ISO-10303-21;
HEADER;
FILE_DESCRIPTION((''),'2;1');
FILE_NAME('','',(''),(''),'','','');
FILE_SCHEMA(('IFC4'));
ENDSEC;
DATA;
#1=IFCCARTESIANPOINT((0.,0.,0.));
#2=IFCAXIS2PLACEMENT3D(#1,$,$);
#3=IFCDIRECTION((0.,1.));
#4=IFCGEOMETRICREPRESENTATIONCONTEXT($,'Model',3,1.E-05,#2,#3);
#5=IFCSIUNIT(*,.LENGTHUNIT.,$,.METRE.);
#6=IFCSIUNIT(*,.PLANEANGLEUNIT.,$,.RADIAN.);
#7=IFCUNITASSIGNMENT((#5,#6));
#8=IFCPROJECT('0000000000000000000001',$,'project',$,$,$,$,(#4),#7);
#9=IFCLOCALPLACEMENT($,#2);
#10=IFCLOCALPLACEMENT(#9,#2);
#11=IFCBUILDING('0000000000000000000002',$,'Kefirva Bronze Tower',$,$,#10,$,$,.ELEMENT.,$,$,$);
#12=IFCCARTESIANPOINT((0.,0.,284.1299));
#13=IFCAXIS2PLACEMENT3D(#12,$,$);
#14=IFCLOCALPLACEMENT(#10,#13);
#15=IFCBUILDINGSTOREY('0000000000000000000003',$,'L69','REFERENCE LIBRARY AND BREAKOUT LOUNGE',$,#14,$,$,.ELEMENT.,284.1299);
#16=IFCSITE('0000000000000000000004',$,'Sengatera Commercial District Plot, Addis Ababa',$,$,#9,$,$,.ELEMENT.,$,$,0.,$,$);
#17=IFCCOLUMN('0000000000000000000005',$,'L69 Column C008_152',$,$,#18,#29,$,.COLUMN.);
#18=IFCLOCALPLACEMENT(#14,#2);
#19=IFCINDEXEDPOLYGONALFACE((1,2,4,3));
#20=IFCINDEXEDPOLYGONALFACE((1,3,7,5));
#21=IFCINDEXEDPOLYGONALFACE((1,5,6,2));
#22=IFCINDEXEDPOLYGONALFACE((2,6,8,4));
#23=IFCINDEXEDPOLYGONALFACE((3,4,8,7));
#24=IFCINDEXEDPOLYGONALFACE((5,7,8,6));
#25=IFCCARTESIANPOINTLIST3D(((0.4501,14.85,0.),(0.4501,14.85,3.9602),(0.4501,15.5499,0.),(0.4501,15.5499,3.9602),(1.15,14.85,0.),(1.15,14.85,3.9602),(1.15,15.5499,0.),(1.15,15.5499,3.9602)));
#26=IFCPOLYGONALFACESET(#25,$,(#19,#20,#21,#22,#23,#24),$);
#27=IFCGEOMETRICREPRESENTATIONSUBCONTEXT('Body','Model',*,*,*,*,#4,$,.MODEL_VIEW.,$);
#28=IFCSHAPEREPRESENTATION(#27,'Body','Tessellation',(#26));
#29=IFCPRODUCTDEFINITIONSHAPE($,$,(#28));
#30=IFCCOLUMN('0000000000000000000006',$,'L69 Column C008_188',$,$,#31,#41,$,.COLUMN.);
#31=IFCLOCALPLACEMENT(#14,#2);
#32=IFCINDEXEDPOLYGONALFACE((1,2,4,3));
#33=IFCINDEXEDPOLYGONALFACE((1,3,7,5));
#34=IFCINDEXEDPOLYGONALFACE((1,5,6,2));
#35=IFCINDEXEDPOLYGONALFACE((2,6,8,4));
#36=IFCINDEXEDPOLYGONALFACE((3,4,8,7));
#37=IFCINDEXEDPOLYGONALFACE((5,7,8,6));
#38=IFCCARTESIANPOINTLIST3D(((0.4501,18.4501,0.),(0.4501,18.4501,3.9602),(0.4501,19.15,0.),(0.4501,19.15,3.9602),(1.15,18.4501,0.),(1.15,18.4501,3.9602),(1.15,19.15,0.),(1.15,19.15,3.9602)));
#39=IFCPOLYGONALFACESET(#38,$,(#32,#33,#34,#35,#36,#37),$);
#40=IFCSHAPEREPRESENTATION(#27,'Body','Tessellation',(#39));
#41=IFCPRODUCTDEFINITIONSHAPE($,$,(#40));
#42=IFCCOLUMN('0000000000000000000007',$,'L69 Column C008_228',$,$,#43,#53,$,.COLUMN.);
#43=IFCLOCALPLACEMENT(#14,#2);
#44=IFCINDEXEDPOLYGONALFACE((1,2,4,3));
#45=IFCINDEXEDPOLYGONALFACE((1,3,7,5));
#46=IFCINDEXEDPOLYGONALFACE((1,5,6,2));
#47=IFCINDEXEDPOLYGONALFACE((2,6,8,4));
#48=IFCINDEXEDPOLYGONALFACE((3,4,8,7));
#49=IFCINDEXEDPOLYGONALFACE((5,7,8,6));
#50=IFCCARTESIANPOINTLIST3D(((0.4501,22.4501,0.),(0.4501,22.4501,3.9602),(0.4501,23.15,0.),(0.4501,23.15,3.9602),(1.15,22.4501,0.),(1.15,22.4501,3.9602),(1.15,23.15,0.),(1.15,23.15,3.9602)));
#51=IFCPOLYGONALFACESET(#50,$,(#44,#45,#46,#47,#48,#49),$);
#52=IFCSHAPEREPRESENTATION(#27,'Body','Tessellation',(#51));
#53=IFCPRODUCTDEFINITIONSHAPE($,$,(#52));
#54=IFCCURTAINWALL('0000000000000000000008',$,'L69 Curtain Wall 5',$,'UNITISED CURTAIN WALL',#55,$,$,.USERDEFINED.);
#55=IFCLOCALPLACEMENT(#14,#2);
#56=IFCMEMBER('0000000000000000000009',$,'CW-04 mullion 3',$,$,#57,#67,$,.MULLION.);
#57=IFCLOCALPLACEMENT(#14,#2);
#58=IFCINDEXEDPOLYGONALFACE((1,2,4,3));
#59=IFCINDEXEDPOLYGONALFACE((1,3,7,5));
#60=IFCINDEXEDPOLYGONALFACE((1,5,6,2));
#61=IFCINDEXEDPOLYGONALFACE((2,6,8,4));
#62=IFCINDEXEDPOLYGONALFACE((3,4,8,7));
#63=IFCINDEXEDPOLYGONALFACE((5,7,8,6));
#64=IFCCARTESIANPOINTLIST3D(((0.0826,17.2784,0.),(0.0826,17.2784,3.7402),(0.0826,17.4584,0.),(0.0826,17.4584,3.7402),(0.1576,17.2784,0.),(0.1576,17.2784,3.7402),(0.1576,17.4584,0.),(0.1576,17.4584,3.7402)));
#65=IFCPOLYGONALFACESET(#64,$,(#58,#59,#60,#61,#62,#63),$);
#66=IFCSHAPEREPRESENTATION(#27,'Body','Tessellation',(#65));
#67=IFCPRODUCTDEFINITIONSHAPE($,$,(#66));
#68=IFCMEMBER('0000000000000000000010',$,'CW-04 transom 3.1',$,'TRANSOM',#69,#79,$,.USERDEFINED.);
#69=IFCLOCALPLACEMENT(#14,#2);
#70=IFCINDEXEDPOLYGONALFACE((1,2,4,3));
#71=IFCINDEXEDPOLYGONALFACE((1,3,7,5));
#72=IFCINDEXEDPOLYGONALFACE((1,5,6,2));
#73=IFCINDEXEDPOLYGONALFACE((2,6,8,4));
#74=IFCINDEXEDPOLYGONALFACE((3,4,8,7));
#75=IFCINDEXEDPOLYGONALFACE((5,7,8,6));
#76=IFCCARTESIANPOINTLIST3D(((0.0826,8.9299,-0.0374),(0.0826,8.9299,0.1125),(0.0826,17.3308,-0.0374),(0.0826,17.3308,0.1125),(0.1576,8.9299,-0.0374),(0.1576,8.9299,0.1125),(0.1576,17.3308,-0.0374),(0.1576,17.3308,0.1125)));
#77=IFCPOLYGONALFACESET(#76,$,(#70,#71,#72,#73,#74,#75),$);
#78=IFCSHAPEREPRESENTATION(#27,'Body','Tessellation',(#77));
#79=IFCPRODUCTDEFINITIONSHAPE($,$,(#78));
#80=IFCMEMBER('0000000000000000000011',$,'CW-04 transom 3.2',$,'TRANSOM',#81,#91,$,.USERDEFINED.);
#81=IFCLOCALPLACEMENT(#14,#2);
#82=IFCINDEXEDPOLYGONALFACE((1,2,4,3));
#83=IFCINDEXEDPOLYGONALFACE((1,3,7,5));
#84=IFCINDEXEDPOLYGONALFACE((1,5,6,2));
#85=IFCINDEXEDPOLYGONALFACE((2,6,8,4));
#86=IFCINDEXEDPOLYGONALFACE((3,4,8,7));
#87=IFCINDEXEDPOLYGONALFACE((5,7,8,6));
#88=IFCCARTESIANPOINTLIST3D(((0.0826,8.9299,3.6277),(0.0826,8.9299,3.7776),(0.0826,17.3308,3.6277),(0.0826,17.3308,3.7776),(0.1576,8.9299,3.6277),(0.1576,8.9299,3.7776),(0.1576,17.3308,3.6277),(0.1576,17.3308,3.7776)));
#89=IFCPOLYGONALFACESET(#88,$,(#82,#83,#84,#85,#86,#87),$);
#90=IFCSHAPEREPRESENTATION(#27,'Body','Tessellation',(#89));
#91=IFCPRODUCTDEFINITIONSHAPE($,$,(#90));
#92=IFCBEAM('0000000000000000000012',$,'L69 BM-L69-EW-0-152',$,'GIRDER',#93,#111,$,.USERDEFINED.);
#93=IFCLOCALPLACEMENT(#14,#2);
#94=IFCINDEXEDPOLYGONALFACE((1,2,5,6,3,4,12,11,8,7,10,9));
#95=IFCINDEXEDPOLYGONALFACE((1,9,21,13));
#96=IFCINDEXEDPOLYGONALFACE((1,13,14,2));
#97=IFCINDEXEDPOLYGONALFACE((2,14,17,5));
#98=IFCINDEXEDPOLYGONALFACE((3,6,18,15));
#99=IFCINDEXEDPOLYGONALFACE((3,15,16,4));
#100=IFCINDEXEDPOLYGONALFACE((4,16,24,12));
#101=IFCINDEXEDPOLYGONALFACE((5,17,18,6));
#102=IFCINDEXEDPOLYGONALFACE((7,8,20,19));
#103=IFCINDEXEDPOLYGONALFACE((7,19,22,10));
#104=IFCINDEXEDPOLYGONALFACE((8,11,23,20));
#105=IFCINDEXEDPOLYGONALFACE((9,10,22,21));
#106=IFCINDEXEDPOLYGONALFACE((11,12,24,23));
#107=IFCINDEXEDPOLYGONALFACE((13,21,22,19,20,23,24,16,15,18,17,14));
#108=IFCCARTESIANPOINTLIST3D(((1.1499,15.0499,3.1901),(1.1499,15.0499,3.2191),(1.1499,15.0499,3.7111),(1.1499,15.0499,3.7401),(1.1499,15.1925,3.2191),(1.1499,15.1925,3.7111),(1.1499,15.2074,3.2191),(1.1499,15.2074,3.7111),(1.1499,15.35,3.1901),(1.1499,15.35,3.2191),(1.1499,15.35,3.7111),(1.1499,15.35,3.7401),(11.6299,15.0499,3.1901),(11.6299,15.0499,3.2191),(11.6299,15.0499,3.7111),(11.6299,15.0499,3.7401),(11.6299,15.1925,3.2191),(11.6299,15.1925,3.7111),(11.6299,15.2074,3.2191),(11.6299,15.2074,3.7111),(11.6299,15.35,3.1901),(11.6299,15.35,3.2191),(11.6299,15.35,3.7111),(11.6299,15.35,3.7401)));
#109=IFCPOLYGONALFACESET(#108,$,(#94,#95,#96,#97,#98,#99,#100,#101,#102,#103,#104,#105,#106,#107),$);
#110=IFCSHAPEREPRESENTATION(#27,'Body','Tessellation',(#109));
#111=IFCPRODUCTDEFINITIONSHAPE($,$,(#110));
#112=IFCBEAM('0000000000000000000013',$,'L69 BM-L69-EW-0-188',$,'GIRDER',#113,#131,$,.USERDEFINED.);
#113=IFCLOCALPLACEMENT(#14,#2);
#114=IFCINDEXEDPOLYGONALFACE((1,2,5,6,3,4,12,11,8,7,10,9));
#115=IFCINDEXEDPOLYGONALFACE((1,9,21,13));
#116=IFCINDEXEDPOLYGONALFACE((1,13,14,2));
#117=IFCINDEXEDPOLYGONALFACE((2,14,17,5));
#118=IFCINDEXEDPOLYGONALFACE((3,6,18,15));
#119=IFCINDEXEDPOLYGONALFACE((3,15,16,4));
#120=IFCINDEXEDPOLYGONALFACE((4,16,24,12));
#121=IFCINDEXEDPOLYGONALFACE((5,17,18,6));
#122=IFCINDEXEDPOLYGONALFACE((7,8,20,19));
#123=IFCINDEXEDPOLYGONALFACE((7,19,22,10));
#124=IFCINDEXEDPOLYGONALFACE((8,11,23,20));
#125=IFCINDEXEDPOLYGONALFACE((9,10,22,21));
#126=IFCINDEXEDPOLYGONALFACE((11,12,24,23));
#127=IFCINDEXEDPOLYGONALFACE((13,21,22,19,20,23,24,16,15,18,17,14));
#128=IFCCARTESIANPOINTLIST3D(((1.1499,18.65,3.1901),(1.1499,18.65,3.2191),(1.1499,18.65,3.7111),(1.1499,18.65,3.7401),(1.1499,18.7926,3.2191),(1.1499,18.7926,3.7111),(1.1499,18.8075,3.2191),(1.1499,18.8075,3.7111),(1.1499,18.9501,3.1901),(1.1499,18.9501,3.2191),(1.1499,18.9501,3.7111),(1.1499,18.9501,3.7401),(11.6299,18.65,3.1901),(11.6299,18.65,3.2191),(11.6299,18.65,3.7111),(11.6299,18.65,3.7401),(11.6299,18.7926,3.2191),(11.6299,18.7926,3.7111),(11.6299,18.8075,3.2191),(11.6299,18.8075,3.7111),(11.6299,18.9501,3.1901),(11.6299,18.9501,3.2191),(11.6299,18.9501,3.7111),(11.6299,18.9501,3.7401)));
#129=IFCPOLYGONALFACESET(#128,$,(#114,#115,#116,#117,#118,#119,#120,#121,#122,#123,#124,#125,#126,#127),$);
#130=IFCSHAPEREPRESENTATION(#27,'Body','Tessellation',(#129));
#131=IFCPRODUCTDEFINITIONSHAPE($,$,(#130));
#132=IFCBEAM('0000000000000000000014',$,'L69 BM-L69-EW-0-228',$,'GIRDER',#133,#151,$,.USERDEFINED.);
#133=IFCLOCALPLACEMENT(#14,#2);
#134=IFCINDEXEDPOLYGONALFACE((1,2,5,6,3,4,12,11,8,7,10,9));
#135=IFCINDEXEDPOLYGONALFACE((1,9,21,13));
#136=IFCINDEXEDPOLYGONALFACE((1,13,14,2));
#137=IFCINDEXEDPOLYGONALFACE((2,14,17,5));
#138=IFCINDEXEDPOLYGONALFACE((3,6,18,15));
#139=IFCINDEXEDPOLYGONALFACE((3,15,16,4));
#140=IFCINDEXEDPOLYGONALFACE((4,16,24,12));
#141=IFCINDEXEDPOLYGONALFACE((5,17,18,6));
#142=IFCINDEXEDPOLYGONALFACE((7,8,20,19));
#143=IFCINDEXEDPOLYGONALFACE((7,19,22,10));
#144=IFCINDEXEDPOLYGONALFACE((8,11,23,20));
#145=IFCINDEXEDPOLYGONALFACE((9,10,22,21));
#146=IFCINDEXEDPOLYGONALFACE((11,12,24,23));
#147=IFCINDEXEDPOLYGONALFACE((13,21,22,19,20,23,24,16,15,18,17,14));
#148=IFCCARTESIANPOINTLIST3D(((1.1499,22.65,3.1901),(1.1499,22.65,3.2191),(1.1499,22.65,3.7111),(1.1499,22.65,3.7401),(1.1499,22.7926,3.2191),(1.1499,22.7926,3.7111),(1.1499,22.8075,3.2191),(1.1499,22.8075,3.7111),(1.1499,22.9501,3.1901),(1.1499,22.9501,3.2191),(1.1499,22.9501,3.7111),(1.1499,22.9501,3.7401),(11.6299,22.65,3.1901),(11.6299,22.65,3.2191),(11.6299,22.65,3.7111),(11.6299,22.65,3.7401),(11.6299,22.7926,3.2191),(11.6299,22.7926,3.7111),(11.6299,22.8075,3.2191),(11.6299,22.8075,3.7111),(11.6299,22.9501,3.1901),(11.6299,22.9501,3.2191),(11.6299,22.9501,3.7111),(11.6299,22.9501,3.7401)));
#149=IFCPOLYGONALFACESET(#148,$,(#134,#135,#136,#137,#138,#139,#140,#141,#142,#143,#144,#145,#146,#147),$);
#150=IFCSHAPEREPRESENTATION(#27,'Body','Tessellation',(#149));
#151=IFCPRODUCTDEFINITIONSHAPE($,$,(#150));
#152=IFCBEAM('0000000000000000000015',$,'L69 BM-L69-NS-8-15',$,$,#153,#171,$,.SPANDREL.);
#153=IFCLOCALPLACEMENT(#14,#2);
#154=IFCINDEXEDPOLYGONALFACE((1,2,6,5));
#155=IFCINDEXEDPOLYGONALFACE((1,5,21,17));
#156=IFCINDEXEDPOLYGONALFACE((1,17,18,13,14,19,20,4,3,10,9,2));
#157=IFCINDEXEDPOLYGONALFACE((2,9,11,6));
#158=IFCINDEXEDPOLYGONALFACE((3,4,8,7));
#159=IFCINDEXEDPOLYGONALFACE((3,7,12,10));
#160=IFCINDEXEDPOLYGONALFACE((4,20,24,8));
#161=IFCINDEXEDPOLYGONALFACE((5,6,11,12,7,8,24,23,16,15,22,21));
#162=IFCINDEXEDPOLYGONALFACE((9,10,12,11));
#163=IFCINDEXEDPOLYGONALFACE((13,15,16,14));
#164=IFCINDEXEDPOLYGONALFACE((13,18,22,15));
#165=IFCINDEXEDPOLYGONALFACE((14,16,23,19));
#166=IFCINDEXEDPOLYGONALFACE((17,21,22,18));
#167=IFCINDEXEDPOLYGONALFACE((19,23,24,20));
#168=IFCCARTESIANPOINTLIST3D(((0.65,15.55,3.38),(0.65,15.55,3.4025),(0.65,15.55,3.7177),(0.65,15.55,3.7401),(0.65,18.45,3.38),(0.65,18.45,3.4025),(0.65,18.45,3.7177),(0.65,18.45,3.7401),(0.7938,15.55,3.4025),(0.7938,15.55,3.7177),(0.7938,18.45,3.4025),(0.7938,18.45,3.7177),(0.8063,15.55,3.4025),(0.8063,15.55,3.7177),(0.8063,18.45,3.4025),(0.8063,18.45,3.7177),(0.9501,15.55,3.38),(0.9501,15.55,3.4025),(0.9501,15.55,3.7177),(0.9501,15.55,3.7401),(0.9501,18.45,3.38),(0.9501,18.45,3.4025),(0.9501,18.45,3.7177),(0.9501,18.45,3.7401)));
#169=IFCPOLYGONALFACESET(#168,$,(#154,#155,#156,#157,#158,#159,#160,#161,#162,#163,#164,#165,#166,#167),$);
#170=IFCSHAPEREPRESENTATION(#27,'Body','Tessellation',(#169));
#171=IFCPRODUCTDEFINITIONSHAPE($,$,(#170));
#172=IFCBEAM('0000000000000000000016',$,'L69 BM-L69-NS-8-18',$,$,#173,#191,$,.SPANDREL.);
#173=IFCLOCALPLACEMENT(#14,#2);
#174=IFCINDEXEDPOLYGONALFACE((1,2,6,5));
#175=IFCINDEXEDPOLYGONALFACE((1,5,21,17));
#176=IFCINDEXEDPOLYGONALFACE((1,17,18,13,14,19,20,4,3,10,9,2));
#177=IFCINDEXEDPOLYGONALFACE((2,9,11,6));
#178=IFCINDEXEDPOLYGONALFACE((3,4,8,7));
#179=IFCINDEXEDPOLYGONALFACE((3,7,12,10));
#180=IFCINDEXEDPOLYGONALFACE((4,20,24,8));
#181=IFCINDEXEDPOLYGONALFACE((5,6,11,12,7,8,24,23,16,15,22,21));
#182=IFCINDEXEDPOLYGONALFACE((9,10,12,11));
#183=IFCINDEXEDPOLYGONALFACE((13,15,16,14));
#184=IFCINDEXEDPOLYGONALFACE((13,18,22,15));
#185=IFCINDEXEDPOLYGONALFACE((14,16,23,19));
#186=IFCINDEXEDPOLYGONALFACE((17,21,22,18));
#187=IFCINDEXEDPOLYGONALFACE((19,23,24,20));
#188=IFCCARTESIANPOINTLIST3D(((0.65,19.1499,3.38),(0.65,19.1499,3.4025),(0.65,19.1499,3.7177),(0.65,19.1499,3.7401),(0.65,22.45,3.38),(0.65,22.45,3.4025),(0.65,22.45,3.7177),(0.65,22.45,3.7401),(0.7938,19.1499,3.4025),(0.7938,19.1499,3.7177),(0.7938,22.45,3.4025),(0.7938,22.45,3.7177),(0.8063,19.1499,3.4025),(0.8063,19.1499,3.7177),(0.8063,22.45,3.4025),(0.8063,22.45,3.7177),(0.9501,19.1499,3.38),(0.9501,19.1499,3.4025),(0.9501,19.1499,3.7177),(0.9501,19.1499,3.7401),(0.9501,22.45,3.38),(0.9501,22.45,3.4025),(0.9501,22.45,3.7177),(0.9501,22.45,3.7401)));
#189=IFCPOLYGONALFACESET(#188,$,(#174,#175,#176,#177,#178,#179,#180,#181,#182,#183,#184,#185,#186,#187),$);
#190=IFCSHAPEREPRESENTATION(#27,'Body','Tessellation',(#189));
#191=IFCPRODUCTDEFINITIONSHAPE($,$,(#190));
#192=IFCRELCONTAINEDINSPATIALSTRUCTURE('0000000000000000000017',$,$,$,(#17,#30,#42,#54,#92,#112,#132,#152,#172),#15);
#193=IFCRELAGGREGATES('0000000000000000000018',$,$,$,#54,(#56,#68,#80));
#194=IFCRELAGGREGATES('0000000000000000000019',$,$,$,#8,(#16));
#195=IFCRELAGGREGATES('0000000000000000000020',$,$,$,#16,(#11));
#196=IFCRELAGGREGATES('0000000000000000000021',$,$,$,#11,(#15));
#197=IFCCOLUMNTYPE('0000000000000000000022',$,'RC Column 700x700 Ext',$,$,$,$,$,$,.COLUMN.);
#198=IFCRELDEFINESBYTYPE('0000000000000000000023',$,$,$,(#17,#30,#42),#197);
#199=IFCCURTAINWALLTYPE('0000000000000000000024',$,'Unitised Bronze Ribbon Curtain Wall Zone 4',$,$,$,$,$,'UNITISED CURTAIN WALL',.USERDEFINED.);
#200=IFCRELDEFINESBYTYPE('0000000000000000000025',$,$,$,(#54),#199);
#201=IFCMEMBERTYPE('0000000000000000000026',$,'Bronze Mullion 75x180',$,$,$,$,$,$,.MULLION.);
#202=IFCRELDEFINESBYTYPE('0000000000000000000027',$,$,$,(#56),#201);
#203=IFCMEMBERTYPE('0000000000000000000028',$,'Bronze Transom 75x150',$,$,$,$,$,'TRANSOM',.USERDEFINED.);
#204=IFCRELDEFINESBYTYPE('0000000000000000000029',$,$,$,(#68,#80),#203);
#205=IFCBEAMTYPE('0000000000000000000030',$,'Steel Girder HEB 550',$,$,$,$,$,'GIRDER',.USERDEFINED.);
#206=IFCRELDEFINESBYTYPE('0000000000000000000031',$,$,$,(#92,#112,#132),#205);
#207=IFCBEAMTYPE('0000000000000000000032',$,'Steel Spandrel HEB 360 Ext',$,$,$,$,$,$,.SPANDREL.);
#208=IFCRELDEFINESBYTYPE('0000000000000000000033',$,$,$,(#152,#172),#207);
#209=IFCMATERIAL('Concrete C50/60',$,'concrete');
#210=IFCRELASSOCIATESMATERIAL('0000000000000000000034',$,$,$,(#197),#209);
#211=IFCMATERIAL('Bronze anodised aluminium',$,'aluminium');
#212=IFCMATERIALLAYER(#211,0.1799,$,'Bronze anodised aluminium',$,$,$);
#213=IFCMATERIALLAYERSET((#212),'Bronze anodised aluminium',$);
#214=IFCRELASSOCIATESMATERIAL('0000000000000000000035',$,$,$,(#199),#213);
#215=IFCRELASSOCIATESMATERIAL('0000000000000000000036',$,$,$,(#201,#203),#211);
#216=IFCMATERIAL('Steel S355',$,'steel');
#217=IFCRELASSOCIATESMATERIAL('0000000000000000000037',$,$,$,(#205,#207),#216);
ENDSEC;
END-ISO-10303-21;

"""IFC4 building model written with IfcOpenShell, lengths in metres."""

from ifc_helpers import new_model, si_unit, direction, frame, origin, origin_2d, place, context, subcontext, project, spatial, rectangle, i_section, extrude, material, layer, layer_set, material_profile, profile_set, type_object, element, aggregate, save


model = new_model("IFC4")

# Units and contexts
model_context = context("Model", 3, precision=1e-05, world=origin(), true_north=direction((0.0, 1.0)))
body_context = subcontext(model_context, "Body", "Model", "MODEL_VIEW")
ifc_project = project(units=[si_unit("LENGTHUNIT", "METRE"), si_unit("PLANEANGLEUNIT", "RADIAN")], contexts=[model_context])

# Site, building, storey
site_placement = place(None, origin())
site = spatial("IfcSite", under=ifc_project, at=site_placement, Name="Sengatera Commercial District Plot, Addis Ababa", CompositionType="ELEMENT", RefElevation=0.0)
building_placement = place(site_placement, origin())
building = spatial("IfcBuilding", under=site, at=building_placement, Name="Kefirva Bronze Tower", CompositionType="ELEMENT")
storey_placement = place(building_placement, frame((0.0, 0.0, 284.1299)))
storey = spatial("IfcBuildingStorey", under=building, at=storey_placement, Name="L69", Description="REFERENCE LIBRARY AND BREAKOUT LOUNGE", CompositionType="ELEMENT", Elevation=284.1299)

# Columns
ifc_material_1 = material(Name="Concrete C50/60", Category="concrete")
ifc_material_profile_1 = material_profile(ifc_material_1, rectangle(XDim=0.7, YDim=0.7, at=origin_2d()), Name="RC 700x700")
ifc_profile_set_1 = profile_set([ifc_material_profile_1], Name="Concrete C50/60")
column_type = type_object("IfcColumnType", Name="RC Column 700x700 Ext", PredefinedType="COLUMN", material=ifc_profile_set_1)
for number, where, z_axis, x_axis, name in (
    (1, (0.8, 15.2, 0.0), (0.0, 0.0, 1.0), (1.0, 0.0, 0.0), "L69 Column C008_152"),
    (2, (0.8, 18.8, 0.0), (0.0, 0.0, 1.0), (1.0, 0.0, 0.0), "L69 Column C008_188"),
    (3, (0.8, 22.8, 0.0), (0.0, 0.0, 1.0), (1.0, 0.0, 0.0), "L69 Column C008_228"),
):
    element("IfcColumn", number, at=place(storey_placement, frame(where, z_axis=z_axis, x_axis=x_axis)), inside=storey, type_object=column_type, Name=name, PredefinedType="COLUMN", context=body_context, shape_type="SweptSolid", body=[
        extrude(rectangle(XDim=0.7, YDim=0.7, at=origin_2d()), origin(), (0.0, 0.0, 1.0), 3.9602),
    ])

# Curtain wall, members
ifc_material_2 = material(Name="Bronze anodised aluminium", Category="aluminium")
ifc_layer_1 = layer(ifc_material_2, 0.1799, Name="Bronze anodised aluminium")
ifc_layer_set_1 = layer_set([ifc_layer_1], Name="Bronze anodised aluminium")
curtain_wall_type = type_object("IfcCurtainWallType", Name="Unitised Bronze Ribbon Curtain Wall Zone 4", ElementType="UNITISED CURTAIN WALL", PredefinedType="USERDEFINED", material=ifc_layer_set_1)
curtain_wall_placement = place(storey_placement, origin())
curtain_wall = element("IfcCurtainWall", 4, at=curtain_wall_placement, inside=storey, type_object=curtain_wall_type, Name="L69 Curtain Wall 5", ObjectType="UNITISED CURTAIN WALL", PredefinedType="USERDEFINED")
ifc_material_profile_2 = material_profile(ifc_material_2, rectangle(XDim=0.075, YDim=0.1799, at=origin_2d()), Name="ALU 75x180")
ifc_profile_set_2 = profile_set([ifc_material_profile_2], Name="Bronze anodised aluminium")
member_type_1 = type_object("IfcMemberType", Name="Bronze Mullion 75x180", PredefinedType="MULLION", material=ifc_profile_set_2)
member_1_placement = place(storey_placement, frame((0.1201, 17.3684, 0.0), z_axis=(0.0, 0.0, 1.0), x_axis=(1.0, 0.0, 0.0)))
member_1 = element("IfcMember", 5, at=member_1_placement, type_object=member_type_1, Name="CW-04 mullion 3", PredefinedType="MULLION", context=body_context, shape_type="SweptSolid", body=[
    extrude(rectangle(XDim=0.075, YDim=0.1799, at=origin_2d()), origin(), (0.0, 0.0, 1.0), 3.7402),
])
ifc_material_profile_3 = material_profile(ifc_material_2, rectangle(XDim=0.075, YDim=0.1499, at=origin_2d()), Name="ALU 75x150")
ifc_profile_set_3 = profile_set([ifc_material_profile_3], Name="Bronze anodised aluminium")
member_type_2 = type_object("IfcMemberType", Name="Bronze Transom 75x150", ElementType="TRANSOM", PredefinedType="USERDEFINED", material=ifc_profile_set_3)
member_2_placement = place(storey_placement, frame((0.1201, 17.3308, 0.0376), z_axis=(0.0, -1.0, 0.0), x_axis=(1.0, 0.0, 0.0)))
member_2 = element("IfcMember", 6, at=member_2_placement, type_object=member_type_2, Name="CW-04 transom 3.1", ObjectType="TRANSOM", PredefinedType="USERDEFINED", context=body_context, shape_type="SweptSolid", body=[
    extrude(rectangle(XDim=0.075, YDim=0.1499, at=origin_2d()), origin(), (0.0, 0.0, 1.0), 8.4009),
])
member_3_placement = place(storey_placement, frame((0.1201, 17.3308, 3.7026), z_axis=(0.0, -1.0, 0.0), x_axis=(1.0, 0.0, 0.0)))
member_3 = element("IfcMember", 7, at=member_3_placement, type_object=member_type_2, Name="CW-04 transom 3.2", ObjectType="TRANSOM", PredefinedType="USERDEFINED", context=body_context, shape_type="SweptSolid", body=[
    extrude(rectangle(XDim=0.075, YDim=0.1499, at=origin_2d()), origin(), (0.0, 0.0, 1.0), 8.4009),
])

# Beams
ifc_material_3 = material(Name="Steel S355", Category="steel")
ifc_material_profile_4 = material_profile(ifc_material_3, i_section(OverallWidth=0.3, OverallDepth=0.55, WebThickness=0.0149, FlangeThickness=0.0291, at=origin_2d()), Name="HEB 550")
ifc_profile_set_4 = profile_set([ifc_material_profile_4], Name="Steel S355")
beam_type_1 = type_object("IfcBeamType", Name="Steel Girder HEB 550", ElementType="GIRDER", PredefinedType="USERDEFINED", material=ifc_profile_set_4)
for number, where, z_axis, x_axis, name in (
    (8, (1.1499, 15.2, 3.4651), (1.0, 0.0, 0.0), (0.0, 1.0, 0.0), "L69 BM-L69-EW-0-152"),
    (9, (1.1499, 18.8, 3.4651), (1.0, 0.0, 0.0), (0.0, 1.0, 0.0), "L69 BM-L69-EW-0-188"),
    (10, (1.1499, 22.8, 3.4651), (1.0, 0.0, 0.0), (0.0, 1.0, 0.0), "L69 BM-L69-EW-0-228"),
):
    element("IfcBeam", number, at=place(storey_placement, frame(where, z_axis=z_axis, x_axis=x_axis)), inside=storey, type_object=beam_type_1, Name=name, ObjectType="GIRDER", PredefinedType="USERDEFINED", context=body_context, shape_type="SweptSolid", body=[
        extrude(i_section(OverallWidth=0.3, OverallDepth=0.55, WebThickness=0.0149, FlangeThickness=0.0291, at=origin_2d()), origin(), (0.0, 0.0, 1.0), 10.48),
    ])
ifc_material_profile_5 = material_profile(ifc_material_3, i_section(OverallWidth=0.3, OverallDepth=0.3601, WebThickness=0.0125, FlangeThickness=0.0225, at=origin_2d()), Name="HEB 360")
ifc_profile_set_5 = profile_set([ifc_material_profile_5], Name="Steel S355")
beam_type_2 = type_object("IfcBeamType", Name="Steel Spandrel HEB 360 Ext", PredefinedType="SPANDREL", material=ifc_profile_set_5)
beam_1_placement = place(storey_placement, frame((0.8, 15.55, 3.5601), z_axis=(0.0, 1.0, 0.0), x_axis=(-1.0, 0.0, 0.0)))
element("IfcBeam", 11, at=beam_1_placement, inside=storey, type_object=beam_type_2, Name="L69 BM-L69-NS-8-15", PredefinedType="SPANDREL", context=body_context, shape_type="SweptSolid", body=[
    extrude(i_section(OverallWidth=0.3, OverallDepth=0.3601, WebThickness=0.0125, FlangeThickness=0.0225, at=origin_2d()), origin(), (0.0, 0.0, 1.0), 2.8999),
])
beam_2_placement = place(storey_placement, frame((0.8, 19.1499, 3.5601), z_axis=(0.0, 1.0, 0.0), x_axis=(-1.0, 0.0, 0.0)))
element("IfcBeam", 12, at=beam_2_placement, inside=storey, type_object=beam_type_2, Name="L69 BM-L69-NS-8-18", PredefinedType="SPANDREL", context=body_context, shape_type="SweptSolid", body=[
    extrude(i_section(OverallWidth=0.3, OverallDepth=0.3601, WebThickness=0.0125, FlangeThickness=0.0225, at=origin_2d()), origin(), (0.0, 0.0, 1.0), 3.3),
])

aggregate(curtain_wall, [member_1, member_2, member_3])

save(model, "model.ifc")
